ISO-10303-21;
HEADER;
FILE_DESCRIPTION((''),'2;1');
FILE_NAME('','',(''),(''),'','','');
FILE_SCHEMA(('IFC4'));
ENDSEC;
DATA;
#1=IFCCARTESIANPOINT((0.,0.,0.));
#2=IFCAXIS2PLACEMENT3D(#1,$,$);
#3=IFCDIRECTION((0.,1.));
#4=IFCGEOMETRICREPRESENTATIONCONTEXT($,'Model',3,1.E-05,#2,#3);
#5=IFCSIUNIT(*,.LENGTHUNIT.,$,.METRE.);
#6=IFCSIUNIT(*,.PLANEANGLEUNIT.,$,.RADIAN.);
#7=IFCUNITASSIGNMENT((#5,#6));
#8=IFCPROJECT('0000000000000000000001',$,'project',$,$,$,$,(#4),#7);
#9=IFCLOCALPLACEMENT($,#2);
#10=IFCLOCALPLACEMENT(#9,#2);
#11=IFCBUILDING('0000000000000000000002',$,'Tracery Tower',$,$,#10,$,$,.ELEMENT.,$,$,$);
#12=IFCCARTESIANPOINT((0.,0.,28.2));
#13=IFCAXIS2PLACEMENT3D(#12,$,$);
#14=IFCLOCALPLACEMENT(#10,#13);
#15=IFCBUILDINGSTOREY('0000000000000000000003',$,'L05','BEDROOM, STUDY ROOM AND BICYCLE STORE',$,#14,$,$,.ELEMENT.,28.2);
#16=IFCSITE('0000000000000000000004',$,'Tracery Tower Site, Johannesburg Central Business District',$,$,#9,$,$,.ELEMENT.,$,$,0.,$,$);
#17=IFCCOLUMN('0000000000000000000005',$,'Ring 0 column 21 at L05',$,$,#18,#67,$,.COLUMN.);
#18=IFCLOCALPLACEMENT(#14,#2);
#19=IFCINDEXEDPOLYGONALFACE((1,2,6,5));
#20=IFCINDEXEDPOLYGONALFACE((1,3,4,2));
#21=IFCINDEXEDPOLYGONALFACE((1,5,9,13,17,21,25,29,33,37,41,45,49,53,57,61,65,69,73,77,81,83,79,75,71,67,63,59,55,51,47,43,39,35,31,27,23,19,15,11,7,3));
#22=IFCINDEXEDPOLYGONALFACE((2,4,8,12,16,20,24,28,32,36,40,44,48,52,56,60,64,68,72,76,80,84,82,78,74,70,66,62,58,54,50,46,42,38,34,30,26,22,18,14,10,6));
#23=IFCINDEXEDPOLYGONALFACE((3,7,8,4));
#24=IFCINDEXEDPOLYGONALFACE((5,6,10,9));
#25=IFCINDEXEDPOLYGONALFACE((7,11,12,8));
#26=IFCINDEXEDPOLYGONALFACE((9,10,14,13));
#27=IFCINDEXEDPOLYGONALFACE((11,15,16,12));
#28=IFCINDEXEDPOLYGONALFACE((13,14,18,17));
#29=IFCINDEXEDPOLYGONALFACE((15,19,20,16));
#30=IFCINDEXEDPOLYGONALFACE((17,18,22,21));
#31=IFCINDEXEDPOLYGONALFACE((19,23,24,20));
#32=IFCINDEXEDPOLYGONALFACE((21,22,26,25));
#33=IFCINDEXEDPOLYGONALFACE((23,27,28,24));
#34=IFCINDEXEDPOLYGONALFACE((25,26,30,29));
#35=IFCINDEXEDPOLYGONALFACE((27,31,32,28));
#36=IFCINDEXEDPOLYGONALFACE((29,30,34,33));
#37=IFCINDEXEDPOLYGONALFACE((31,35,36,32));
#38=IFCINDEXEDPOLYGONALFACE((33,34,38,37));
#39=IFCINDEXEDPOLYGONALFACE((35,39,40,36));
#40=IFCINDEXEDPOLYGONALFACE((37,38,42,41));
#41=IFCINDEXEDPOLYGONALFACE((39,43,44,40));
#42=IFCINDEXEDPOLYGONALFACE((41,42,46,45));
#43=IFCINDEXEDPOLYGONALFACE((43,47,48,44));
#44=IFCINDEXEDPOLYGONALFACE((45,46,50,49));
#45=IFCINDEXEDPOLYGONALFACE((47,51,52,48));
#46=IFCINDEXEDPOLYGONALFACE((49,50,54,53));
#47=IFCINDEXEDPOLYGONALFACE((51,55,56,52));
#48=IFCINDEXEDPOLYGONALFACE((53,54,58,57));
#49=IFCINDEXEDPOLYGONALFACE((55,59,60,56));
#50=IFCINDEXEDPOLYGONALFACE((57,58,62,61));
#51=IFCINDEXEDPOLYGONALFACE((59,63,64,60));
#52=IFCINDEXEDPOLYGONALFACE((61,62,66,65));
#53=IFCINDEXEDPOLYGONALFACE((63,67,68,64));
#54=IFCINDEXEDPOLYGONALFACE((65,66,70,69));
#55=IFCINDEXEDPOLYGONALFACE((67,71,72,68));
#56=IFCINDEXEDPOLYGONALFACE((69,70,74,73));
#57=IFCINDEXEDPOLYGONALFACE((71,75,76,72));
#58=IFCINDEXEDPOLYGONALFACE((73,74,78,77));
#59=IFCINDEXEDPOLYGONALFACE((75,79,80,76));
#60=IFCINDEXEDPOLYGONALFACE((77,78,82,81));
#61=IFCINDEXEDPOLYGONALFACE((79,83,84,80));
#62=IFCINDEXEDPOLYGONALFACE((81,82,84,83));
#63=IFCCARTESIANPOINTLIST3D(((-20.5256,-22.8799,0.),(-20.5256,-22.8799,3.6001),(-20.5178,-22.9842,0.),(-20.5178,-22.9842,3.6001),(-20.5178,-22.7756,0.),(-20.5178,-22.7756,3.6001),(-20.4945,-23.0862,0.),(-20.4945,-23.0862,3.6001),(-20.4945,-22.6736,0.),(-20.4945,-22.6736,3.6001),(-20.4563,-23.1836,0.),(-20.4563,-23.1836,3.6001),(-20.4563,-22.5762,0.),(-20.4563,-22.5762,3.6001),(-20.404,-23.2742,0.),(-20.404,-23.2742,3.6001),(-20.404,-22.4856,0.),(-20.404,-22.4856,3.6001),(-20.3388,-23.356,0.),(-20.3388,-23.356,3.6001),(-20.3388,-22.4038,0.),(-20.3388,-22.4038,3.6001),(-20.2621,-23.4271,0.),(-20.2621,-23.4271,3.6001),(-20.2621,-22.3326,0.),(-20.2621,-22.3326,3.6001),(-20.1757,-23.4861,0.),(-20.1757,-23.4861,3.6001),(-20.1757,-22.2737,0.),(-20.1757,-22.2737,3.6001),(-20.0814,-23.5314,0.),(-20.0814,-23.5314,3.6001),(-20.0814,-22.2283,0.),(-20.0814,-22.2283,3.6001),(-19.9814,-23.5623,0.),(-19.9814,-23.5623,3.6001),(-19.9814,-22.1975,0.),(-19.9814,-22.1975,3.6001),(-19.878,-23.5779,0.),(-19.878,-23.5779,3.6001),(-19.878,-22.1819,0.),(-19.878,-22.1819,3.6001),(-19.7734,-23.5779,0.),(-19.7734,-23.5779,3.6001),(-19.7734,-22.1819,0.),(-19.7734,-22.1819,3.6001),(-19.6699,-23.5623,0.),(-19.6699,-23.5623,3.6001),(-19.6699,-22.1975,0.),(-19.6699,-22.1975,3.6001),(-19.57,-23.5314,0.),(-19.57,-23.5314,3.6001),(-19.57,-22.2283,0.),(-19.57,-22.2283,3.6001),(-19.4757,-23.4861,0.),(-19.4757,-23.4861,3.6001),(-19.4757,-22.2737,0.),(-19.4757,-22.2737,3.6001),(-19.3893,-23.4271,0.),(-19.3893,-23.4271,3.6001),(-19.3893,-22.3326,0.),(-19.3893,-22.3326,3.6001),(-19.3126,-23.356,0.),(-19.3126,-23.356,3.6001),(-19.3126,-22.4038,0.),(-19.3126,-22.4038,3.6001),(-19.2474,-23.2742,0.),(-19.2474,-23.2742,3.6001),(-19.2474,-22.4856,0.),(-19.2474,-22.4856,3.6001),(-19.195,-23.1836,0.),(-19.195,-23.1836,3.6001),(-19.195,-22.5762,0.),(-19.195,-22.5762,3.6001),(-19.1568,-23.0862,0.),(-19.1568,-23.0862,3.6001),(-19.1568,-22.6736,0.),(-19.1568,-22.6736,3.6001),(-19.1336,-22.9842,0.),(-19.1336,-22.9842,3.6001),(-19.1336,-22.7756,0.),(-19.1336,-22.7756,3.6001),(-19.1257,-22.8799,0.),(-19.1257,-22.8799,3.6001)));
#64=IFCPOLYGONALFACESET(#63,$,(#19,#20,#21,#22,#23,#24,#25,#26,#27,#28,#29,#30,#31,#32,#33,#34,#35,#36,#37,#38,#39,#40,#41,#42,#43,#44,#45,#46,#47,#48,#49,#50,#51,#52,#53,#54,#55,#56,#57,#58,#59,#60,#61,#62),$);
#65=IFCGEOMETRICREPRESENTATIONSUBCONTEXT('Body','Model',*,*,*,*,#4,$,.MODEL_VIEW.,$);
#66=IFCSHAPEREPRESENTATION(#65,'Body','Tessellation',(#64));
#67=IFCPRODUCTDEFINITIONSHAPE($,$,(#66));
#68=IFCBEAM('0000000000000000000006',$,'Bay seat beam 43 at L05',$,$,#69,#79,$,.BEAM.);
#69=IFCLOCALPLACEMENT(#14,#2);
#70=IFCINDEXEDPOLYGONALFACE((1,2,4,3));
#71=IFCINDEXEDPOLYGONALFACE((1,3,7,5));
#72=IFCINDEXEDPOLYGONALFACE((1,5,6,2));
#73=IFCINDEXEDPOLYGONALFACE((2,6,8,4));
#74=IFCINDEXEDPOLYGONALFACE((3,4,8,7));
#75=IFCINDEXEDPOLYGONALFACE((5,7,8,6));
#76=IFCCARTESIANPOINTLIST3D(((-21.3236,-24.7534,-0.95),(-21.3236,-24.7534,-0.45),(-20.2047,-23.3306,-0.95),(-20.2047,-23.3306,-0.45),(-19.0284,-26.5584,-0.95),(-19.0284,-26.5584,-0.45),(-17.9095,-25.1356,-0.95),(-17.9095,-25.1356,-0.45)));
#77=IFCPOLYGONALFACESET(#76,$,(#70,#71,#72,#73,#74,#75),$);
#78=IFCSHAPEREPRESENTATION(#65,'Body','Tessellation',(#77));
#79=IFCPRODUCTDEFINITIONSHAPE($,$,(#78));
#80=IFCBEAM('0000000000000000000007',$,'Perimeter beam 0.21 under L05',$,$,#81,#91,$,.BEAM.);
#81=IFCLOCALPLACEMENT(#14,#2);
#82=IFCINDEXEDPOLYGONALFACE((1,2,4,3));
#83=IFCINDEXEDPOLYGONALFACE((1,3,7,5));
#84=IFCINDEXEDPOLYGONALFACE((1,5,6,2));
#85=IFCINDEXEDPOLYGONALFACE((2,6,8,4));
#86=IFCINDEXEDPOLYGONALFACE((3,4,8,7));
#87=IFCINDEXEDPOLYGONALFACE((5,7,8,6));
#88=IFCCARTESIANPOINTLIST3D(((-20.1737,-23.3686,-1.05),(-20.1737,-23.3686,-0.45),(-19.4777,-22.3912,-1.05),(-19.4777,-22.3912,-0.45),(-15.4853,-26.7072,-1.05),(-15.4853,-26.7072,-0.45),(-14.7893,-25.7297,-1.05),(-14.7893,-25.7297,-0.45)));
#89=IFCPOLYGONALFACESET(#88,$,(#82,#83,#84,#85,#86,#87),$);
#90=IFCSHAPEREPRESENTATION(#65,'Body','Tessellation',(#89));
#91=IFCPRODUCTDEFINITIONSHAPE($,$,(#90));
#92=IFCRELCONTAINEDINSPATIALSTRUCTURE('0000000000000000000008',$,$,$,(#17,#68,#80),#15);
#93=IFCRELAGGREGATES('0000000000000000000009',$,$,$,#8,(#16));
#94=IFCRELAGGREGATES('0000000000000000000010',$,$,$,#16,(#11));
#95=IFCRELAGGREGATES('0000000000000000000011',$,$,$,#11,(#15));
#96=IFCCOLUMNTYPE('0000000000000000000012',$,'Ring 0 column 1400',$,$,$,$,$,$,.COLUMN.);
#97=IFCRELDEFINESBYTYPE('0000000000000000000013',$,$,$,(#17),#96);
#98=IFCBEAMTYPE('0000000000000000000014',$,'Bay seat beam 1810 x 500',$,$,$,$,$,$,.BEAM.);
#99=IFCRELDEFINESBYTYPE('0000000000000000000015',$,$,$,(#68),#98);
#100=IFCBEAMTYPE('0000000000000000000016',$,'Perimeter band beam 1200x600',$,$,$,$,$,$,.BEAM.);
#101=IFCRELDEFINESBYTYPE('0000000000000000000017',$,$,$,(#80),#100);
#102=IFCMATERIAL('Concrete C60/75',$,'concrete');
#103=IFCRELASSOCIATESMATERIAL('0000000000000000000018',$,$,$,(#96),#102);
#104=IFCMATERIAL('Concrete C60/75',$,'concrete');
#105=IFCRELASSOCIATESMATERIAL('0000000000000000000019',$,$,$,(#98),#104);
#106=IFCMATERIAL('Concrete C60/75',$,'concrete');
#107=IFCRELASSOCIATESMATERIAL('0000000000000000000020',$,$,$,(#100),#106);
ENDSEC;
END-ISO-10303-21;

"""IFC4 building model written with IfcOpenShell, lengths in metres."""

from ifc_helpers import new_model, si_unit, direction, frame, origin, origin_2d, place, context, subcontext, project, spatial, rectangle, circle, extrude, material, material_profile, profile_set, type_object, element, save


model = new_model("IFC4")

# Units and contexts
model_context = context("Model", 3, precision=1e-05, world=origin(), true_north=direction((0.0, 1.0)))
body_context = subcontext(model_context, "Body", "Model", "MODEL_VIEW")
ifc_project = project(units=[si_unit("LENGTHUNIT", "METRE"), si_unit("PLANEANGLEUNIT", "RADIAN")], contexts=[model_context])

# Site, building, storey
site_placement = place(None, origin())
site = spatial("IfcSite", under=ifc_project, at=site_placement, Name="Tracery Tower Site, Johannesburg Central Business District", CompositionType="ELEMENT", RefElevation=0.0)
building_placement = place(site_placement, origin())
building = spatial("IfcBuilding", under=site, at=building_placement, Name="Tracery Tower", CompositionType="ELEMENT")
storey_placement = place(building_placement, frame((0.0, 0.0, 28.2)))
storey = spatial("IfcBuildingStorey", under=building, at=storey_placement, Name="L05", Description="BEDROOM, STUDY ROOM AND BICYCLE STORE", CompositionType="ELEMENT", Elevation=28.2)

# Column
ifc_material_1 = material(Name="Concrete C60/75", Category="concrete")
ifc_material_profile_1 = material_profile(ifc_material_1, circle(Radius=0.7, at=origin_2d()), Name="RC D1400")
ifc_profile_set_1 = profile_set([ifc_material_profile_1], Name="Concrete C60/75")
column_type = type_object("IfcColumnType", Name="Ring 0 column 1400", PredefinedType="COLUMN", material=ifc_profile_set_1)
column_placement = place(storey_placement, frame((-19.8257, -22.8799, 0.0), z_axis=(0.0, 0.0, 1.0), x_axis=(1.0, 0.0, 0.0)))
element("IfcColumn", 1, at=column_placement, inside=storey, type_object=column_type, Name="Ring 0 column 21 at L05", PredefinedType="COLUMN", context=body_context, shape_type="SweptSolid", body=[
    extrude(circle(Radius=0.7, at=origin_2d()), origin(), (0.0, 0.0, 1.0), 3.6001),
])

# Beams
ifc_material_2 = material(Name="Concrete C60/75", Category="concrete")
ifc_material_profile_2 = material_profile(ifc_material_2, rectangle(XDim=1.8101, YDim=0.5, at=origin_2d()), Name="RC 1810x500")
ifc_profile_set_2 = profile_set([ifc_material_profile_2], Name="Concrete C60/75")
beam_type_1 = type_object("IfcBeamType", Name="Bay seat beam 1810 x 500", PredefinedType="BEAM", material=ifc_profile_set_2)
beam_1_placement = place(storey_placement, frame((-20.7642, -24.042, -0.7), z_axis=(0.786054, -0.618158, 0.0), x_axis=(0.618158, 0.786054, 0.0)))
element("IfcBeam", 2, at=beam_1_placement, inside=storey, type_object=beam_type_1, Name="Bay seat beam 43 at L05", PredefinedType="BEAM", context=body_context, shape_type="SweptSolid", body=[
    extrude(rectangle(XDim=1.8101, YDim=0.5, at=origin_2d()), origin(), (0.0, 0.0, 1.0), 2.9199),
])
ifc_material_3 = material(Name="Concrete C60/75", Category="concrete")
ifc_material_profile_3 = material_profile(ifc_material_3, rectangle(XDim=1.2, YDim=0.6001, at=origin_2d()), Name="RC 1200x600")
ifc_profile_set_3 = profile_set([ifc_material_profile_3], Name="Concrete C60/75")
beam_type_2 = type_object("IfcBeamType", Name="Perimeter band beam 1200x600", PredefinedType="BEAM", material=ifc_profile_set_3)
beam_2_placement = place(storey_placement, frame((-19.8257, -22.8799, -0.75), z_axis=(0.814578, -0.580054, 0.0), x_axis=(0.580054, 0.814578, 0.0)))
element("IfcBeam", 3, at=beam_2_placement, inside=storey, type_object=beam_type_2, Name="Perimeter beam 0.21 under L05", PredefinedType="BEAM", context=body_context, shape_type="SweptSolid", body=[
    extrude(rectangle(XDim=1.2, YDim=0.6001, at=origin_2d()), origin(), (0.0, 0.0, 1.0), 5.7556),
])

save(model, "model.ifc")
